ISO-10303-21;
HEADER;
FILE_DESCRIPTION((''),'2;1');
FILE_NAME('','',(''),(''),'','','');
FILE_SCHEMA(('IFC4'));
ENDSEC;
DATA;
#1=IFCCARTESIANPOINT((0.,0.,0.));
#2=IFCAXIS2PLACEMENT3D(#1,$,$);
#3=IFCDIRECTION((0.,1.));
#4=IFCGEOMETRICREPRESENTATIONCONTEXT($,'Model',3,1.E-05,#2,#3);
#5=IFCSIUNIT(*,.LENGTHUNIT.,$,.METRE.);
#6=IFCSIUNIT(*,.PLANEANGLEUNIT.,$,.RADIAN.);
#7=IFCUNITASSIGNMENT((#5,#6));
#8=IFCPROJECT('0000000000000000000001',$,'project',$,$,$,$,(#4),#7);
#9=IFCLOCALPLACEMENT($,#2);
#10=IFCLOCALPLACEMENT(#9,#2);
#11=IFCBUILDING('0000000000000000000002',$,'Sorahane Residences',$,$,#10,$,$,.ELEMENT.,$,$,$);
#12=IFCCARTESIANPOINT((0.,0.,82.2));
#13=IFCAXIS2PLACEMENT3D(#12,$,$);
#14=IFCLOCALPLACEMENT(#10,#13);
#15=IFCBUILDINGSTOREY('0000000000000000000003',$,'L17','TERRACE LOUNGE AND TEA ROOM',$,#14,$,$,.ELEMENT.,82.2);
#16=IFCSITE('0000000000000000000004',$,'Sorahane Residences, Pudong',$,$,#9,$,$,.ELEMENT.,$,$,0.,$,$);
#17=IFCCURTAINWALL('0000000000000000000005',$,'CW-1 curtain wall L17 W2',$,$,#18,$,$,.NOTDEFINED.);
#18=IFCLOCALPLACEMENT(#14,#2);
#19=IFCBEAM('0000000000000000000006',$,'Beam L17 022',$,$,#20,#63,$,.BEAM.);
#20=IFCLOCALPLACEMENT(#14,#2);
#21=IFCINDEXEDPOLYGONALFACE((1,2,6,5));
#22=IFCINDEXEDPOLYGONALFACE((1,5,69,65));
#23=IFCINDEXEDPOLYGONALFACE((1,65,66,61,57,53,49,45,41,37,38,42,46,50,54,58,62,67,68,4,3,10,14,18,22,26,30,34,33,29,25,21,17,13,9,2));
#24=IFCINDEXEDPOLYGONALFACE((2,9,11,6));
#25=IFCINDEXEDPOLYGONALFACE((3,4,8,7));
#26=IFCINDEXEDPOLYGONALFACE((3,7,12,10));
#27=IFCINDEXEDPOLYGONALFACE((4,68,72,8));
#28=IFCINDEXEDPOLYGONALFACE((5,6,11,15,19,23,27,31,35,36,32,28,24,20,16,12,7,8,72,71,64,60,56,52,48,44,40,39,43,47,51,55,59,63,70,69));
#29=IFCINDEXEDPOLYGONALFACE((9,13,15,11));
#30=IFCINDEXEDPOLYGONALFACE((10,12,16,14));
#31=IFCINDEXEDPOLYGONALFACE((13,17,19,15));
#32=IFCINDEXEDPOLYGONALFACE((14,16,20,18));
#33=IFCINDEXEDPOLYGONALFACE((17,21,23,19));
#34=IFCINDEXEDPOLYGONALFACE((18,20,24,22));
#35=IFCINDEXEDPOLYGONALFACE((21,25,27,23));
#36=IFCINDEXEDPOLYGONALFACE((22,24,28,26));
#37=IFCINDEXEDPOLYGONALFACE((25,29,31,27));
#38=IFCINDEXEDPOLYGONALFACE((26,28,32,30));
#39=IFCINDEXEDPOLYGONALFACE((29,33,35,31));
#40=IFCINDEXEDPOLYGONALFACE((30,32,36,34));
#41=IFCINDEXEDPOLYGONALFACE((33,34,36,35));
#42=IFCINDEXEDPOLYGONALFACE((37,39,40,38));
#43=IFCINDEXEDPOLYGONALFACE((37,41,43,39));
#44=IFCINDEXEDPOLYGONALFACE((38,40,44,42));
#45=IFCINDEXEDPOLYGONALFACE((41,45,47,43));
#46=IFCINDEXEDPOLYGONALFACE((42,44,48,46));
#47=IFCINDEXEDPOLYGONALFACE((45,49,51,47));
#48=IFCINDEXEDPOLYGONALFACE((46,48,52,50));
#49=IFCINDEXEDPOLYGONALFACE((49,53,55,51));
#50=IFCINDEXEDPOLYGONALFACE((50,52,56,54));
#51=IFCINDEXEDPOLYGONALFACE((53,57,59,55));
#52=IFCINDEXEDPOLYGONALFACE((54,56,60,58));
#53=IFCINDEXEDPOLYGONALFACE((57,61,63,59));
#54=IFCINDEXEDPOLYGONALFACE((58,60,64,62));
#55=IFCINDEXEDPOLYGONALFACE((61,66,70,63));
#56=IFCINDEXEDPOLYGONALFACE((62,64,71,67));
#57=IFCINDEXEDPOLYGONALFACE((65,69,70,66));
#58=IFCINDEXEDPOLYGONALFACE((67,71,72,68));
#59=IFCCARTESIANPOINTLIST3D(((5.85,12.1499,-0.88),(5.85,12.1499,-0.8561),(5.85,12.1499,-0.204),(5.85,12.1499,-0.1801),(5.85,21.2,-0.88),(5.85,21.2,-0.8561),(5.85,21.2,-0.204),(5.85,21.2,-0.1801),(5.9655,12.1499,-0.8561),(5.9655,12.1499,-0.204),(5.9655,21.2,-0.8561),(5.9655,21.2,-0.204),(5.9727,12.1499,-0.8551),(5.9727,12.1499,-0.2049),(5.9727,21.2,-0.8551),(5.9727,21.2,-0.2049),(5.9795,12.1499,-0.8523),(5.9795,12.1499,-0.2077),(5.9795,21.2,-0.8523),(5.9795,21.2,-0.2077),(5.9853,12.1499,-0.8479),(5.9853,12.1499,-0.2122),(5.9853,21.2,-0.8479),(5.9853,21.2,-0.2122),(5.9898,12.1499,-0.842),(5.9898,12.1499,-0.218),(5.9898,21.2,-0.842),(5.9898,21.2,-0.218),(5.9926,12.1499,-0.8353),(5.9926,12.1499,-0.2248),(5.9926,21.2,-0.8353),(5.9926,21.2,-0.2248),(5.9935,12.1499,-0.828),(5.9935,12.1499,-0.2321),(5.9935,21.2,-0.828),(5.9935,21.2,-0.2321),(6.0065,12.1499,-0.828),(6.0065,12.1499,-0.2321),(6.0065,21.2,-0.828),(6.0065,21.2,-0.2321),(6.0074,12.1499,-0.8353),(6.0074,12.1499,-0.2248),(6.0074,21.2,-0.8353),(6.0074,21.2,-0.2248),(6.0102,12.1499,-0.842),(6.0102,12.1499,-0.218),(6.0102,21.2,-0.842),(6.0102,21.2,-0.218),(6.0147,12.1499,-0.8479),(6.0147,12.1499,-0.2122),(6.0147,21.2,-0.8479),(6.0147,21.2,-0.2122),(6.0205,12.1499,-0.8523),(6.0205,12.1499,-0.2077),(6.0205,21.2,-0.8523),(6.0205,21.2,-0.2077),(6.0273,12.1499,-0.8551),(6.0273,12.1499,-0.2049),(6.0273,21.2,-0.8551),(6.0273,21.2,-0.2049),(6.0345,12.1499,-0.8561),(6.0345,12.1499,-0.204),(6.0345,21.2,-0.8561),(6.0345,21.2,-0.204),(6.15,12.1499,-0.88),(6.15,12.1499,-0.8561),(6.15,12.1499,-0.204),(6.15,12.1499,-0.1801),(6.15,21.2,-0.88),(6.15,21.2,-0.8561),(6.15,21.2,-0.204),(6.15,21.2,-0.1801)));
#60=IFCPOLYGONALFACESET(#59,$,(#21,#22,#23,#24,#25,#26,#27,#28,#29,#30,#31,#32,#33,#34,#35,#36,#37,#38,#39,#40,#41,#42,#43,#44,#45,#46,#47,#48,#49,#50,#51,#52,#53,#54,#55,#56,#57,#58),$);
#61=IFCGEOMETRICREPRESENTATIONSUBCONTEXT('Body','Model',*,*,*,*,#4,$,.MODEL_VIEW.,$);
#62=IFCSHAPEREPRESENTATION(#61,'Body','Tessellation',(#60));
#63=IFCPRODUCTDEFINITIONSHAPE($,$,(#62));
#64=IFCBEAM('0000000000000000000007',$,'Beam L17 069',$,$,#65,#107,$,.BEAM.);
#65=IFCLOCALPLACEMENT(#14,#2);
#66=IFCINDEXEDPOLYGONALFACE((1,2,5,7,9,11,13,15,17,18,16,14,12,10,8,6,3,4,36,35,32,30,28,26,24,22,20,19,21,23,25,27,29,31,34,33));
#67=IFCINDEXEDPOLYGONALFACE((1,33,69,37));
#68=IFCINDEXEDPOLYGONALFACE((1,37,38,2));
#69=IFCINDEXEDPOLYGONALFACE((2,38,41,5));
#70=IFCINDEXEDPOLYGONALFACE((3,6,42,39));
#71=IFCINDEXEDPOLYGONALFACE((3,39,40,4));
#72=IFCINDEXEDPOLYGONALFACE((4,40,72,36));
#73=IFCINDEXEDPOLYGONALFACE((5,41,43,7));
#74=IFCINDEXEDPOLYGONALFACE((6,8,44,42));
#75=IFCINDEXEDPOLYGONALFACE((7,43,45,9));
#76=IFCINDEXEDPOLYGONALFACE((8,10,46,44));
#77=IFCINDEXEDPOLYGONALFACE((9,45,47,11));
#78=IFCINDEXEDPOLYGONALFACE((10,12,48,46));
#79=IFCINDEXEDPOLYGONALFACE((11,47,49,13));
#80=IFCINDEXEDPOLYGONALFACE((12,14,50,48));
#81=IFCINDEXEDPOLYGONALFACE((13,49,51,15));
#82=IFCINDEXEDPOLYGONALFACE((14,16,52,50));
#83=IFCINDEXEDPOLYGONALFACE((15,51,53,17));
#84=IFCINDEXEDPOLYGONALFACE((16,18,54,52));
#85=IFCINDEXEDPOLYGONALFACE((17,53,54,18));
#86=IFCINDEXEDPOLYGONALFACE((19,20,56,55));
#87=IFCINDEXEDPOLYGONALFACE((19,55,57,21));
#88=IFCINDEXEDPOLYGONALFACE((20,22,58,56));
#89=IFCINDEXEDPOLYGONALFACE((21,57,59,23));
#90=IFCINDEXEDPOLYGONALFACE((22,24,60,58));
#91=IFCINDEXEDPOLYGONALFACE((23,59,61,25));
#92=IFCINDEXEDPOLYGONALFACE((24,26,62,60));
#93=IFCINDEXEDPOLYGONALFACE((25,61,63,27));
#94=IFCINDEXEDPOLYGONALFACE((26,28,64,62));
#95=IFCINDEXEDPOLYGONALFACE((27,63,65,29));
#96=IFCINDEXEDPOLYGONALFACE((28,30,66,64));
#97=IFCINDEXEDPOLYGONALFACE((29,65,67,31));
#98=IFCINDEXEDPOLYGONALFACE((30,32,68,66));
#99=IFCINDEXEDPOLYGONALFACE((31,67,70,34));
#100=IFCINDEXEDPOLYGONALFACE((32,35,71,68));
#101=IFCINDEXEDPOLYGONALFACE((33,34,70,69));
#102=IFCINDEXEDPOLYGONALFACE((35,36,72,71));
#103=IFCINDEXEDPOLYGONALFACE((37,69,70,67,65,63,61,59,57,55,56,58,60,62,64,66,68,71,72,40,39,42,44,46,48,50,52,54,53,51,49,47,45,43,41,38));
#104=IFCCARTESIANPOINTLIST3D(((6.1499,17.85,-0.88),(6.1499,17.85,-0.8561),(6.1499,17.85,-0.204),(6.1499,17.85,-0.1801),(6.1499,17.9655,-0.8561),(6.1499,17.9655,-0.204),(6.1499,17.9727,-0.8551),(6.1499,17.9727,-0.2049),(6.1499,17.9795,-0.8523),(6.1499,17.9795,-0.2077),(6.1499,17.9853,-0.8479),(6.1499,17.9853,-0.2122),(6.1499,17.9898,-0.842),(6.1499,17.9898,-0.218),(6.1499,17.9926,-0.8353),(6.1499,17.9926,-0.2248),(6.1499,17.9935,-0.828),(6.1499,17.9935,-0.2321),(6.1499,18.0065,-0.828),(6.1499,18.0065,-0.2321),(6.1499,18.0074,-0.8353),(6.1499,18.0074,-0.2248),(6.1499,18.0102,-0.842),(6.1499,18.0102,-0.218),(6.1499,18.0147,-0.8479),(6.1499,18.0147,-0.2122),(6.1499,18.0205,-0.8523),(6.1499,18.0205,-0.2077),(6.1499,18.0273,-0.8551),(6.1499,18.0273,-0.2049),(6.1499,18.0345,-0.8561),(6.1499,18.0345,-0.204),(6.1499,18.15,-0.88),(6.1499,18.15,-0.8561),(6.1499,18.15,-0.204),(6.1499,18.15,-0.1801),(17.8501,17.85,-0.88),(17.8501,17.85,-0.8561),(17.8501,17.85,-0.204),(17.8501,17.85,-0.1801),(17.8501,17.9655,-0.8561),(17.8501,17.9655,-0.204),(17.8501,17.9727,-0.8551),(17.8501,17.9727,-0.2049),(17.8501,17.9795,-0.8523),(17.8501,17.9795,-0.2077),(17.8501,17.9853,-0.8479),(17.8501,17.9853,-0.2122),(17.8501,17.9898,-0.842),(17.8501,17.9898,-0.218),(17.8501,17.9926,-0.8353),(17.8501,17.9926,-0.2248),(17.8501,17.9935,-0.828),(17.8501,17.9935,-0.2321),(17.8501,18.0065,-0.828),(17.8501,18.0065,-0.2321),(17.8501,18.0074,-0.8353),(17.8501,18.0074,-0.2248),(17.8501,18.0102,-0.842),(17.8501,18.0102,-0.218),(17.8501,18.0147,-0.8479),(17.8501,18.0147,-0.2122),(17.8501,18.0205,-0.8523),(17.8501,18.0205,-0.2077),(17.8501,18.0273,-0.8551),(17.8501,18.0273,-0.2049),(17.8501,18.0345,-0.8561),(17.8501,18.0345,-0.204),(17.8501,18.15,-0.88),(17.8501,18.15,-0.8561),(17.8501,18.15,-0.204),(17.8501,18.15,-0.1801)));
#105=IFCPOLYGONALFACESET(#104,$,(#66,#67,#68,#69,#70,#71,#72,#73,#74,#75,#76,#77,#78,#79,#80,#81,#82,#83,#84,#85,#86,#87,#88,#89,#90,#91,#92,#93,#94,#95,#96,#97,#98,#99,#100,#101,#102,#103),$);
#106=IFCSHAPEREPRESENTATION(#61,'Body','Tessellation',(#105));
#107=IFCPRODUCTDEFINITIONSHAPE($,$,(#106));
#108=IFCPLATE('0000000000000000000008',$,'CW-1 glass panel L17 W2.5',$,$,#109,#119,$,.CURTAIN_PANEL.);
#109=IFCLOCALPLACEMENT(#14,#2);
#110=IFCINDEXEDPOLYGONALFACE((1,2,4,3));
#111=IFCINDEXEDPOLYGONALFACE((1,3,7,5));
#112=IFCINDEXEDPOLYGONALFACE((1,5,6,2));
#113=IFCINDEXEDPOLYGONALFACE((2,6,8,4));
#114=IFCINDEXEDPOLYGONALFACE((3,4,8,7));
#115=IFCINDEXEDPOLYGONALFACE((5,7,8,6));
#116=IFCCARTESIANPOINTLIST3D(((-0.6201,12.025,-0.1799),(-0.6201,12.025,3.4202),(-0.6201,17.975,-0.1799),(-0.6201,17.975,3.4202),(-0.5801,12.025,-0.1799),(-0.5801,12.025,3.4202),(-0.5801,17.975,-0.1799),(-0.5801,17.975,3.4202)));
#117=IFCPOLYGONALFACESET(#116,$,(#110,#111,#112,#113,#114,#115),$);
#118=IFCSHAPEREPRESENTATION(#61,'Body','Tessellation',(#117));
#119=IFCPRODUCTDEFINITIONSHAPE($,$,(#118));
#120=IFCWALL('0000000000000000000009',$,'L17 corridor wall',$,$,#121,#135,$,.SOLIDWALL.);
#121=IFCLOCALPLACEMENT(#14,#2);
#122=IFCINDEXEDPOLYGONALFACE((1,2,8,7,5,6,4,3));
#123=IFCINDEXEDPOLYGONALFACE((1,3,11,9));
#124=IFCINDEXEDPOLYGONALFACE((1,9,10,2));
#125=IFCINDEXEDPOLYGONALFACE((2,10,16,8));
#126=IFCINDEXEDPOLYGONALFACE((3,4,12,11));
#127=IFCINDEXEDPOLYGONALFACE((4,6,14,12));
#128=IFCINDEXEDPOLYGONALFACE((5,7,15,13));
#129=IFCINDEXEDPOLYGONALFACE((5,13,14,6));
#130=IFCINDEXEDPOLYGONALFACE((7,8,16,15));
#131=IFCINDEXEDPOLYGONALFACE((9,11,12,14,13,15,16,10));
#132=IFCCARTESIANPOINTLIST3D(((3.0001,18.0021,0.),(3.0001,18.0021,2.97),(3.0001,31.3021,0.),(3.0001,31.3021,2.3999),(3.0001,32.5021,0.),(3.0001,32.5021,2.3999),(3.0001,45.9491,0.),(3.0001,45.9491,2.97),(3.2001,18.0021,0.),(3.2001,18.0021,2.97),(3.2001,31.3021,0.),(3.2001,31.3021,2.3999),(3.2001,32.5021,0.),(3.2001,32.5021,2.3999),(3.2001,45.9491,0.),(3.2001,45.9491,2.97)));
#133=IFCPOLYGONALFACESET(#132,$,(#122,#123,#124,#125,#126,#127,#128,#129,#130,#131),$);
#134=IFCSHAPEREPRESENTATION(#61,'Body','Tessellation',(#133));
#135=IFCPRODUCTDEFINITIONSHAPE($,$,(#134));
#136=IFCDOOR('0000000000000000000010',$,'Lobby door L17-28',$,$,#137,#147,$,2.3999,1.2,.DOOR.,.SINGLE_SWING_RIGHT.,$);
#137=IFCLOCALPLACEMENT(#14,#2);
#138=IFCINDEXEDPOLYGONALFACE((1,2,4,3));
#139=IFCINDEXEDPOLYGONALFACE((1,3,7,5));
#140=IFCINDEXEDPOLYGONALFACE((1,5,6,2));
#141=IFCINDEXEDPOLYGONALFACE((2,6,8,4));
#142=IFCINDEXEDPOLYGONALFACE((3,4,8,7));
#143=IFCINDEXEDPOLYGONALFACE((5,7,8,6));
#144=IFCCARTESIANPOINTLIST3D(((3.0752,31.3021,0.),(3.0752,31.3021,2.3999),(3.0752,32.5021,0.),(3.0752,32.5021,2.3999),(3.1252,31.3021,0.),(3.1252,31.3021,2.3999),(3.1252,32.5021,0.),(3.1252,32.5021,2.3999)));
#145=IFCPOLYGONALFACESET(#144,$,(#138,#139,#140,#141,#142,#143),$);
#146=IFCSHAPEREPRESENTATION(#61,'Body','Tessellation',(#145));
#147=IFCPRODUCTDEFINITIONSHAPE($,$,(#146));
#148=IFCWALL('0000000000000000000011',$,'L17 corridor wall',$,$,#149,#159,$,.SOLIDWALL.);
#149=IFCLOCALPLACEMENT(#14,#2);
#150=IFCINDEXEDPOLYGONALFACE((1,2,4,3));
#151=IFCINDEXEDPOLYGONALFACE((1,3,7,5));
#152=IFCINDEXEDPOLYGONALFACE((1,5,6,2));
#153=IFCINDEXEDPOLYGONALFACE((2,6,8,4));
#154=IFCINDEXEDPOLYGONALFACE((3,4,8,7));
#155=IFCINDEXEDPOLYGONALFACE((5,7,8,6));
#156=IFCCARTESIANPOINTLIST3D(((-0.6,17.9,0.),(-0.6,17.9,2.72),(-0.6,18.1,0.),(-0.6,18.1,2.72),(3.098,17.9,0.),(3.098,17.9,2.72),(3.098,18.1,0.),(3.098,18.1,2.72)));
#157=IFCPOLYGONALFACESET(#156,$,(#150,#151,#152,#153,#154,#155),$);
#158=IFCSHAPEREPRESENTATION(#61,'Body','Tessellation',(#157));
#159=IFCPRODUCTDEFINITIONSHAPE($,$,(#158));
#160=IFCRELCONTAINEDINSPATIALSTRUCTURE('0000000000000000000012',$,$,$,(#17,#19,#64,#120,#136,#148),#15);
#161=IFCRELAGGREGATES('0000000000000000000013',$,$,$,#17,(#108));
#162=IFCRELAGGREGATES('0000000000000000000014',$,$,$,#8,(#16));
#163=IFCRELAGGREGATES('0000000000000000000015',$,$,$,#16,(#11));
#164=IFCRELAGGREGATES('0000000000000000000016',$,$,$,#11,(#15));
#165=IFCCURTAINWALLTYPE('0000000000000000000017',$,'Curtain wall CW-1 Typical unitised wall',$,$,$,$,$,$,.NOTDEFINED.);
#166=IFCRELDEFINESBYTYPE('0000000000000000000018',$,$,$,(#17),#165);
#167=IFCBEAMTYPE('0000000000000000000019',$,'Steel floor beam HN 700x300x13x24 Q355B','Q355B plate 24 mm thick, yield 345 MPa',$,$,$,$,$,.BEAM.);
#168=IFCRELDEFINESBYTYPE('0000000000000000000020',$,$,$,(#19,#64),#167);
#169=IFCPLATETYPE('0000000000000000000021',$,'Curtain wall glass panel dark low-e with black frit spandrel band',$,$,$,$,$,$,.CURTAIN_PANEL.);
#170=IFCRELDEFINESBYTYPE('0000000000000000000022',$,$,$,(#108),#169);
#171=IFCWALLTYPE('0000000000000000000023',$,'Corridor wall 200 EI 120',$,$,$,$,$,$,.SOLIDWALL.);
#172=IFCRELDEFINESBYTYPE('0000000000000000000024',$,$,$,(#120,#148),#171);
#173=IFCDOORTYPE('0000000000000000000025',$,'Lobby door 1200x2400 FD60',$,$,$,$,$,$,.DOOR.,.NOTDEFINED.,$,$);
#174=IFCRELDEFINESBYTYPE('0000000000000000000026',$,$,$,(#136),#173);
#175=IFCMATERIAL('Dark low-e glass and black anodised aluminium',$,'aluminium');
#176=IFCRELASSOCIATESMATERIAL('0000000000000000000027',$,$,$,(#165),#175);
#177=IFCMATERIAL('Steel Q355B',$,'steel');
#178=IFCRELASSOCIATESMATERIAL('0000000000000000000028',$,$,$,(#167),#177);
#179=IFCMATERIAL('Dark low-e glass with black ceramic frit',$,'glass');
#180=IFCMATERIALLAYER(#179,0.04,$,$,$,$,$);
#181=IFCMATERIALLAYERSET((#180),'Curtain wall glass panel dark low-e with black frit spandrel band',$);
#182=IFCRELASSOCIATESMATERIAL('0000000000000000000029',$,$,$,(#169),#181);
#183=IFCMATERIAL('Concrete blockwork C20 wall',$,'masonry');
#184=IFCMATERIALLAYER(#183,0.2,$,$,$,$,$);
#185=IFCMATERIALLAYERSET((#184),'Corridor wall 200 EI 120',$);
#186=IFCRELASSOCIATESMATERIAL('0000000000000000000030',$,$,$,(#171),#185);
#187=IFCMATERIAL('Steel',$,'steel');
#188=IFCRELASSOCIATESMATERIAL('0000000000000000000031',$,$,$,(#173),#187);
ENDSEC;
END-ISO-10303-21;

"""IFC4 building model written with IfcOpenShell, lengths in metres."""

from ifc_helpers import new_model, si_unit, direction, frame, frame_2d, origin, origin_2d, place, context, subcontext, project, spatial, rectangle, i_section, extrude, material, layer, layer_set, material_profile, profile_set, type_object, element, fill, aggregate, save


model = new_model("IFC4")

# Units and contexts
model_context = context("Model", 3, precision=1e-05, world=origin(), true_north=direction((0.0, 1.0)))
body_context = subcontext(model_context, "Body", "Model", "MODEL_VIEW")
ifc_project = project(units=[si_unit("LENGTHUNIT", "METRE"), si_unit("PLANEANGLEUNIT", "RADIAN")], contexts=[model_context])

# Site, building, storey
site_placement = place(None, origin())
site = spatial("IfcSite", under=ifc_project, at=site_placement, Name="Sorahane Residences, Pudong", CompositionType="ELEMENT", RefElevation=0.0)
building_placement = place(site_placement, origin())
building = spatial("IfcBuilding", under=site, at=building_placement, Name="Sorahane Residences", CompositionType="ELEMENT")
storey_placement = place(building_placement, frame((0.0, 0.0, 82.2)))
storey = spatial("IfcBuildingStorey", under=building, at=storey_placement, Name="L17", Description="TERRACE LOUNGE AND TEA ROOM", CompositionType="ELEMENT", Elevation=82.2)

# Curtain wall
ifc_material_1 = material(Name="Dark low-e glass and black anodised aluminium", Category="aluminium")
curtain_wall_type = type_object("IfcCurtainWallType", Name="Curtain wall CW-1 Typical unitised wall", PredefinedType="NOTDEFINED", material=ifc_material_1)
curtain_wall_placement = place(storey_placement, origin())
curtain_wall = element("IfcCurtainWall", 1, at=curtain_wall_placement, inside=storey, type_object=curtain_wall_type, Name="CW-1 curtain wall L17 W2", PredefinedType="NOTDEFINED")

# Beams
ifc_material_2 = material(Name="Steel Q355B", Category="steel")
ifc_material_profile_1 = material_profile(ifc_material_2, i_section(OverallWidth=0.3, OverallDepth=0.7, WebThickness=0.0129, FlangeThickness=0.0239, FilletRadius=0.0281, at=origin_2d()), Name="HN 700x300x13x24")
ifc_profile_set_1 = profile_set([ifc_material_profile_1], Name="Steel Q355B")
beam_type_1 = type_object("IfcBeamType", Name="Steel floor beam HN 700x300x13x24 Q355B", Description="Q355B plate 24 mm thick, yield 345 MPa", PredefinedType="BEAM", material=ifc_profile_set_1)
beam_1_placement = place(storey_placement, frame((6.0, 12.1499, -0.53), z_axis=(0.0, 1.0, 0.0), x_axis=(-1.0, 0.0, 0.0)))
element("IfcBeam", 2, at=beam_1_placement, inside=storey, type_object=beam_type_1, Name="Beam L17 022", PredefinedType="BEAM", context=body_context, shape_type="SweptSolid", body=[
    extrude(i_section(OverallWidth=0.3, OverallDepth=0.7, WebThickness=0.0129, FlangeThickness=0.0239, FilletRadius=0.0281, at=origin_2d()), origin(), (0.0, 0.0, 1.0), 9.05),
])
beam_2_placement = place(storey_placement, frame((6.1499, 18.0, -0.53), z_axis=(1.0, 0.0, 0.0), x_axis=(0.0, 1.0, 0.0)))
element("IfcBeam", 3, at=beam_2_placement, inside=storey, type_object=beam_type_1, Name="Beam L17 069", PredefinedType="BEAM", context=body_context, shape_type="SweptSolid", body=[
    extrude(i_section(OverallWidth=0.3, OverallDepth=0.7, WebThickness=0.0129, FlangeThickness=0.0239, FilletRadius=0.0281, at=origin_2d()), origin(), (0.0, 0.0, 1.0), 11.7002),
])

# Plate
ifc_material_3 = material(Name="Dark low-e glass with black ceramic frit", Category="glass")
ifc_layer_1 = layer(ifc_material_3, 0.04)
ifc_layer_set_1 = layer_set([ifc_layer_1], Name="Curtain wall glass panel dark low-e with black frit spandrel band")
plate_type = type_object("IfcPlateType", Name="Curtain wall glass panel dark low-e with black frit spandrel band", PredefinedType="CURTAIN_PANEL", material=ifc_layer_set_1)
plate_placement = place(storey_placement, frame((-0.6001, 15.0, -0.1799), z_axis=(0.0, 0.0, 1.0), x_axis=(0.0, -1.0, 0.0)))
plate = element("IfcPlate", 4, at=plate_placement, type_object=plate_type, Name="CW-1 glass panel L17 W2.5", PredefinedType="CURTAIN_PANEL", context=body_context, shape_type="SweptSolid", body=[
    extrude(rectangle(XDim=5.95, YDim=0.04, at=origin_2d()), origin(), (0.0, 0.0, 1.0), 3.6001),
])
aggregate(curtain_wall, [plate])

# Wall, opening, door
ifc_material_4 = material(Name="Concrete blockwork C20 wall", Category="masonry")
ifc_layer_2 = layer(ifc_material_4, 0.2)
ifc_layer_set_2 = layer_set([ifc_layer_2], Name="Corridor wall 200 EI 120")
wall_type = type_object("IfcWallType", Name="Corridor wall 200 EI 120", PredefinedType="SOLIDWALL", material=ifc_layer_set_2)
wall_1_placement = place(storey_placement, frame((3.1001, 18.002, 0.0), z_axis=(0.0, 0.0, 1.0), x_axis=(0.0, 1.0, 0.0)))
wall_1 = element("IfcWall", 5, at=wall_1_placement, inside=storey, type_object=wall_type, Name="L17 corridor wall", PredefinedType="SOLIDWALL", context=body_context, shape_type="SweptSolid", body=[
    extrude(rectangle(XDim=27.947, YDim=0.2, at=frame_2d((13.9736, 0.0))), origin(), (0.0, 0.0, 1.0), 2.97),
])
opening_1_placement = place(wall_1_placement, frame((13.3, 0.0, 0.0)))
opening_1 = element("IfcOpeningElement", 6, at=opening_1_placement, cuts=wall_1, PredefinedType="OPENING", context=body_context, shape_type="SweptSolid", body=[
    extrude(rectangle(XDim=1.2, YDim=2.3999, at=frame_2d((0.6001, 1.2))), frame((0.0, 0.1099, 0.0), z_axis=(0.0, -1.0, 0.0), x_axis=(1.0, 0.0, 0.0)), (0.0, 0.0, 1.0), 0.22),
])
ifc_material_5 = material(Name="Steel", Category="steel")
door_type_1 = type_object("IfcDoorType", Name="Lobby door 1200x2400 FD60", OperationType="NOTDEFINED", PredefinedType="DOOR", material=ifc_material_5)
door_1_placement = place(opening_1_placement, origin())
door_1 = element("IfcDoor", 7, at=door_1_placement, inside=storey, type_object=door_type_1, Name="Lobby door L17-28", OperationType="SINGLE_SWING_RIGHT", OverallHeight=2.3999, OverallWidth=1.2, PredefinedType="DOOR", context=body_context, shape_type="SweptSolid", body=[
    extrude(rectangle(XDim=1.2, YDim=2.3999, at=frame_2d((0.6001, 1.2))), frame((0.0, 0.0249, 0.0), z_axis=(0.0, -1.0, 0.0), x_axis=(1.0, 0.0, 0.0)), (0.0, 0.0, 1.0), 0.05),
])
fill(opening_1, door_1)

# Wall
wall_2_placement = place(storey_placement, frame((-0.6001, 18.0, 0.0), z_axis=(0.0, 0.0, 1.0), x_axis=(1.0, 0.0, 0.0)))
element("IfcWall", 8, at=wall_2_placement, inside=storey, type_object=wall_type, Name="L17 corridor wall", PredefinedType="SOLIDWALL", context=body_context, shape_type="SweptSolid", body=[
    extrude(rectangle(XDim=3.698, YDim=0.2, at=frame_2d((1.8491, 0.0))), origin(), (0.0, 0.0, 1.0), 2.72),
])

save(model, "model.ifc")
